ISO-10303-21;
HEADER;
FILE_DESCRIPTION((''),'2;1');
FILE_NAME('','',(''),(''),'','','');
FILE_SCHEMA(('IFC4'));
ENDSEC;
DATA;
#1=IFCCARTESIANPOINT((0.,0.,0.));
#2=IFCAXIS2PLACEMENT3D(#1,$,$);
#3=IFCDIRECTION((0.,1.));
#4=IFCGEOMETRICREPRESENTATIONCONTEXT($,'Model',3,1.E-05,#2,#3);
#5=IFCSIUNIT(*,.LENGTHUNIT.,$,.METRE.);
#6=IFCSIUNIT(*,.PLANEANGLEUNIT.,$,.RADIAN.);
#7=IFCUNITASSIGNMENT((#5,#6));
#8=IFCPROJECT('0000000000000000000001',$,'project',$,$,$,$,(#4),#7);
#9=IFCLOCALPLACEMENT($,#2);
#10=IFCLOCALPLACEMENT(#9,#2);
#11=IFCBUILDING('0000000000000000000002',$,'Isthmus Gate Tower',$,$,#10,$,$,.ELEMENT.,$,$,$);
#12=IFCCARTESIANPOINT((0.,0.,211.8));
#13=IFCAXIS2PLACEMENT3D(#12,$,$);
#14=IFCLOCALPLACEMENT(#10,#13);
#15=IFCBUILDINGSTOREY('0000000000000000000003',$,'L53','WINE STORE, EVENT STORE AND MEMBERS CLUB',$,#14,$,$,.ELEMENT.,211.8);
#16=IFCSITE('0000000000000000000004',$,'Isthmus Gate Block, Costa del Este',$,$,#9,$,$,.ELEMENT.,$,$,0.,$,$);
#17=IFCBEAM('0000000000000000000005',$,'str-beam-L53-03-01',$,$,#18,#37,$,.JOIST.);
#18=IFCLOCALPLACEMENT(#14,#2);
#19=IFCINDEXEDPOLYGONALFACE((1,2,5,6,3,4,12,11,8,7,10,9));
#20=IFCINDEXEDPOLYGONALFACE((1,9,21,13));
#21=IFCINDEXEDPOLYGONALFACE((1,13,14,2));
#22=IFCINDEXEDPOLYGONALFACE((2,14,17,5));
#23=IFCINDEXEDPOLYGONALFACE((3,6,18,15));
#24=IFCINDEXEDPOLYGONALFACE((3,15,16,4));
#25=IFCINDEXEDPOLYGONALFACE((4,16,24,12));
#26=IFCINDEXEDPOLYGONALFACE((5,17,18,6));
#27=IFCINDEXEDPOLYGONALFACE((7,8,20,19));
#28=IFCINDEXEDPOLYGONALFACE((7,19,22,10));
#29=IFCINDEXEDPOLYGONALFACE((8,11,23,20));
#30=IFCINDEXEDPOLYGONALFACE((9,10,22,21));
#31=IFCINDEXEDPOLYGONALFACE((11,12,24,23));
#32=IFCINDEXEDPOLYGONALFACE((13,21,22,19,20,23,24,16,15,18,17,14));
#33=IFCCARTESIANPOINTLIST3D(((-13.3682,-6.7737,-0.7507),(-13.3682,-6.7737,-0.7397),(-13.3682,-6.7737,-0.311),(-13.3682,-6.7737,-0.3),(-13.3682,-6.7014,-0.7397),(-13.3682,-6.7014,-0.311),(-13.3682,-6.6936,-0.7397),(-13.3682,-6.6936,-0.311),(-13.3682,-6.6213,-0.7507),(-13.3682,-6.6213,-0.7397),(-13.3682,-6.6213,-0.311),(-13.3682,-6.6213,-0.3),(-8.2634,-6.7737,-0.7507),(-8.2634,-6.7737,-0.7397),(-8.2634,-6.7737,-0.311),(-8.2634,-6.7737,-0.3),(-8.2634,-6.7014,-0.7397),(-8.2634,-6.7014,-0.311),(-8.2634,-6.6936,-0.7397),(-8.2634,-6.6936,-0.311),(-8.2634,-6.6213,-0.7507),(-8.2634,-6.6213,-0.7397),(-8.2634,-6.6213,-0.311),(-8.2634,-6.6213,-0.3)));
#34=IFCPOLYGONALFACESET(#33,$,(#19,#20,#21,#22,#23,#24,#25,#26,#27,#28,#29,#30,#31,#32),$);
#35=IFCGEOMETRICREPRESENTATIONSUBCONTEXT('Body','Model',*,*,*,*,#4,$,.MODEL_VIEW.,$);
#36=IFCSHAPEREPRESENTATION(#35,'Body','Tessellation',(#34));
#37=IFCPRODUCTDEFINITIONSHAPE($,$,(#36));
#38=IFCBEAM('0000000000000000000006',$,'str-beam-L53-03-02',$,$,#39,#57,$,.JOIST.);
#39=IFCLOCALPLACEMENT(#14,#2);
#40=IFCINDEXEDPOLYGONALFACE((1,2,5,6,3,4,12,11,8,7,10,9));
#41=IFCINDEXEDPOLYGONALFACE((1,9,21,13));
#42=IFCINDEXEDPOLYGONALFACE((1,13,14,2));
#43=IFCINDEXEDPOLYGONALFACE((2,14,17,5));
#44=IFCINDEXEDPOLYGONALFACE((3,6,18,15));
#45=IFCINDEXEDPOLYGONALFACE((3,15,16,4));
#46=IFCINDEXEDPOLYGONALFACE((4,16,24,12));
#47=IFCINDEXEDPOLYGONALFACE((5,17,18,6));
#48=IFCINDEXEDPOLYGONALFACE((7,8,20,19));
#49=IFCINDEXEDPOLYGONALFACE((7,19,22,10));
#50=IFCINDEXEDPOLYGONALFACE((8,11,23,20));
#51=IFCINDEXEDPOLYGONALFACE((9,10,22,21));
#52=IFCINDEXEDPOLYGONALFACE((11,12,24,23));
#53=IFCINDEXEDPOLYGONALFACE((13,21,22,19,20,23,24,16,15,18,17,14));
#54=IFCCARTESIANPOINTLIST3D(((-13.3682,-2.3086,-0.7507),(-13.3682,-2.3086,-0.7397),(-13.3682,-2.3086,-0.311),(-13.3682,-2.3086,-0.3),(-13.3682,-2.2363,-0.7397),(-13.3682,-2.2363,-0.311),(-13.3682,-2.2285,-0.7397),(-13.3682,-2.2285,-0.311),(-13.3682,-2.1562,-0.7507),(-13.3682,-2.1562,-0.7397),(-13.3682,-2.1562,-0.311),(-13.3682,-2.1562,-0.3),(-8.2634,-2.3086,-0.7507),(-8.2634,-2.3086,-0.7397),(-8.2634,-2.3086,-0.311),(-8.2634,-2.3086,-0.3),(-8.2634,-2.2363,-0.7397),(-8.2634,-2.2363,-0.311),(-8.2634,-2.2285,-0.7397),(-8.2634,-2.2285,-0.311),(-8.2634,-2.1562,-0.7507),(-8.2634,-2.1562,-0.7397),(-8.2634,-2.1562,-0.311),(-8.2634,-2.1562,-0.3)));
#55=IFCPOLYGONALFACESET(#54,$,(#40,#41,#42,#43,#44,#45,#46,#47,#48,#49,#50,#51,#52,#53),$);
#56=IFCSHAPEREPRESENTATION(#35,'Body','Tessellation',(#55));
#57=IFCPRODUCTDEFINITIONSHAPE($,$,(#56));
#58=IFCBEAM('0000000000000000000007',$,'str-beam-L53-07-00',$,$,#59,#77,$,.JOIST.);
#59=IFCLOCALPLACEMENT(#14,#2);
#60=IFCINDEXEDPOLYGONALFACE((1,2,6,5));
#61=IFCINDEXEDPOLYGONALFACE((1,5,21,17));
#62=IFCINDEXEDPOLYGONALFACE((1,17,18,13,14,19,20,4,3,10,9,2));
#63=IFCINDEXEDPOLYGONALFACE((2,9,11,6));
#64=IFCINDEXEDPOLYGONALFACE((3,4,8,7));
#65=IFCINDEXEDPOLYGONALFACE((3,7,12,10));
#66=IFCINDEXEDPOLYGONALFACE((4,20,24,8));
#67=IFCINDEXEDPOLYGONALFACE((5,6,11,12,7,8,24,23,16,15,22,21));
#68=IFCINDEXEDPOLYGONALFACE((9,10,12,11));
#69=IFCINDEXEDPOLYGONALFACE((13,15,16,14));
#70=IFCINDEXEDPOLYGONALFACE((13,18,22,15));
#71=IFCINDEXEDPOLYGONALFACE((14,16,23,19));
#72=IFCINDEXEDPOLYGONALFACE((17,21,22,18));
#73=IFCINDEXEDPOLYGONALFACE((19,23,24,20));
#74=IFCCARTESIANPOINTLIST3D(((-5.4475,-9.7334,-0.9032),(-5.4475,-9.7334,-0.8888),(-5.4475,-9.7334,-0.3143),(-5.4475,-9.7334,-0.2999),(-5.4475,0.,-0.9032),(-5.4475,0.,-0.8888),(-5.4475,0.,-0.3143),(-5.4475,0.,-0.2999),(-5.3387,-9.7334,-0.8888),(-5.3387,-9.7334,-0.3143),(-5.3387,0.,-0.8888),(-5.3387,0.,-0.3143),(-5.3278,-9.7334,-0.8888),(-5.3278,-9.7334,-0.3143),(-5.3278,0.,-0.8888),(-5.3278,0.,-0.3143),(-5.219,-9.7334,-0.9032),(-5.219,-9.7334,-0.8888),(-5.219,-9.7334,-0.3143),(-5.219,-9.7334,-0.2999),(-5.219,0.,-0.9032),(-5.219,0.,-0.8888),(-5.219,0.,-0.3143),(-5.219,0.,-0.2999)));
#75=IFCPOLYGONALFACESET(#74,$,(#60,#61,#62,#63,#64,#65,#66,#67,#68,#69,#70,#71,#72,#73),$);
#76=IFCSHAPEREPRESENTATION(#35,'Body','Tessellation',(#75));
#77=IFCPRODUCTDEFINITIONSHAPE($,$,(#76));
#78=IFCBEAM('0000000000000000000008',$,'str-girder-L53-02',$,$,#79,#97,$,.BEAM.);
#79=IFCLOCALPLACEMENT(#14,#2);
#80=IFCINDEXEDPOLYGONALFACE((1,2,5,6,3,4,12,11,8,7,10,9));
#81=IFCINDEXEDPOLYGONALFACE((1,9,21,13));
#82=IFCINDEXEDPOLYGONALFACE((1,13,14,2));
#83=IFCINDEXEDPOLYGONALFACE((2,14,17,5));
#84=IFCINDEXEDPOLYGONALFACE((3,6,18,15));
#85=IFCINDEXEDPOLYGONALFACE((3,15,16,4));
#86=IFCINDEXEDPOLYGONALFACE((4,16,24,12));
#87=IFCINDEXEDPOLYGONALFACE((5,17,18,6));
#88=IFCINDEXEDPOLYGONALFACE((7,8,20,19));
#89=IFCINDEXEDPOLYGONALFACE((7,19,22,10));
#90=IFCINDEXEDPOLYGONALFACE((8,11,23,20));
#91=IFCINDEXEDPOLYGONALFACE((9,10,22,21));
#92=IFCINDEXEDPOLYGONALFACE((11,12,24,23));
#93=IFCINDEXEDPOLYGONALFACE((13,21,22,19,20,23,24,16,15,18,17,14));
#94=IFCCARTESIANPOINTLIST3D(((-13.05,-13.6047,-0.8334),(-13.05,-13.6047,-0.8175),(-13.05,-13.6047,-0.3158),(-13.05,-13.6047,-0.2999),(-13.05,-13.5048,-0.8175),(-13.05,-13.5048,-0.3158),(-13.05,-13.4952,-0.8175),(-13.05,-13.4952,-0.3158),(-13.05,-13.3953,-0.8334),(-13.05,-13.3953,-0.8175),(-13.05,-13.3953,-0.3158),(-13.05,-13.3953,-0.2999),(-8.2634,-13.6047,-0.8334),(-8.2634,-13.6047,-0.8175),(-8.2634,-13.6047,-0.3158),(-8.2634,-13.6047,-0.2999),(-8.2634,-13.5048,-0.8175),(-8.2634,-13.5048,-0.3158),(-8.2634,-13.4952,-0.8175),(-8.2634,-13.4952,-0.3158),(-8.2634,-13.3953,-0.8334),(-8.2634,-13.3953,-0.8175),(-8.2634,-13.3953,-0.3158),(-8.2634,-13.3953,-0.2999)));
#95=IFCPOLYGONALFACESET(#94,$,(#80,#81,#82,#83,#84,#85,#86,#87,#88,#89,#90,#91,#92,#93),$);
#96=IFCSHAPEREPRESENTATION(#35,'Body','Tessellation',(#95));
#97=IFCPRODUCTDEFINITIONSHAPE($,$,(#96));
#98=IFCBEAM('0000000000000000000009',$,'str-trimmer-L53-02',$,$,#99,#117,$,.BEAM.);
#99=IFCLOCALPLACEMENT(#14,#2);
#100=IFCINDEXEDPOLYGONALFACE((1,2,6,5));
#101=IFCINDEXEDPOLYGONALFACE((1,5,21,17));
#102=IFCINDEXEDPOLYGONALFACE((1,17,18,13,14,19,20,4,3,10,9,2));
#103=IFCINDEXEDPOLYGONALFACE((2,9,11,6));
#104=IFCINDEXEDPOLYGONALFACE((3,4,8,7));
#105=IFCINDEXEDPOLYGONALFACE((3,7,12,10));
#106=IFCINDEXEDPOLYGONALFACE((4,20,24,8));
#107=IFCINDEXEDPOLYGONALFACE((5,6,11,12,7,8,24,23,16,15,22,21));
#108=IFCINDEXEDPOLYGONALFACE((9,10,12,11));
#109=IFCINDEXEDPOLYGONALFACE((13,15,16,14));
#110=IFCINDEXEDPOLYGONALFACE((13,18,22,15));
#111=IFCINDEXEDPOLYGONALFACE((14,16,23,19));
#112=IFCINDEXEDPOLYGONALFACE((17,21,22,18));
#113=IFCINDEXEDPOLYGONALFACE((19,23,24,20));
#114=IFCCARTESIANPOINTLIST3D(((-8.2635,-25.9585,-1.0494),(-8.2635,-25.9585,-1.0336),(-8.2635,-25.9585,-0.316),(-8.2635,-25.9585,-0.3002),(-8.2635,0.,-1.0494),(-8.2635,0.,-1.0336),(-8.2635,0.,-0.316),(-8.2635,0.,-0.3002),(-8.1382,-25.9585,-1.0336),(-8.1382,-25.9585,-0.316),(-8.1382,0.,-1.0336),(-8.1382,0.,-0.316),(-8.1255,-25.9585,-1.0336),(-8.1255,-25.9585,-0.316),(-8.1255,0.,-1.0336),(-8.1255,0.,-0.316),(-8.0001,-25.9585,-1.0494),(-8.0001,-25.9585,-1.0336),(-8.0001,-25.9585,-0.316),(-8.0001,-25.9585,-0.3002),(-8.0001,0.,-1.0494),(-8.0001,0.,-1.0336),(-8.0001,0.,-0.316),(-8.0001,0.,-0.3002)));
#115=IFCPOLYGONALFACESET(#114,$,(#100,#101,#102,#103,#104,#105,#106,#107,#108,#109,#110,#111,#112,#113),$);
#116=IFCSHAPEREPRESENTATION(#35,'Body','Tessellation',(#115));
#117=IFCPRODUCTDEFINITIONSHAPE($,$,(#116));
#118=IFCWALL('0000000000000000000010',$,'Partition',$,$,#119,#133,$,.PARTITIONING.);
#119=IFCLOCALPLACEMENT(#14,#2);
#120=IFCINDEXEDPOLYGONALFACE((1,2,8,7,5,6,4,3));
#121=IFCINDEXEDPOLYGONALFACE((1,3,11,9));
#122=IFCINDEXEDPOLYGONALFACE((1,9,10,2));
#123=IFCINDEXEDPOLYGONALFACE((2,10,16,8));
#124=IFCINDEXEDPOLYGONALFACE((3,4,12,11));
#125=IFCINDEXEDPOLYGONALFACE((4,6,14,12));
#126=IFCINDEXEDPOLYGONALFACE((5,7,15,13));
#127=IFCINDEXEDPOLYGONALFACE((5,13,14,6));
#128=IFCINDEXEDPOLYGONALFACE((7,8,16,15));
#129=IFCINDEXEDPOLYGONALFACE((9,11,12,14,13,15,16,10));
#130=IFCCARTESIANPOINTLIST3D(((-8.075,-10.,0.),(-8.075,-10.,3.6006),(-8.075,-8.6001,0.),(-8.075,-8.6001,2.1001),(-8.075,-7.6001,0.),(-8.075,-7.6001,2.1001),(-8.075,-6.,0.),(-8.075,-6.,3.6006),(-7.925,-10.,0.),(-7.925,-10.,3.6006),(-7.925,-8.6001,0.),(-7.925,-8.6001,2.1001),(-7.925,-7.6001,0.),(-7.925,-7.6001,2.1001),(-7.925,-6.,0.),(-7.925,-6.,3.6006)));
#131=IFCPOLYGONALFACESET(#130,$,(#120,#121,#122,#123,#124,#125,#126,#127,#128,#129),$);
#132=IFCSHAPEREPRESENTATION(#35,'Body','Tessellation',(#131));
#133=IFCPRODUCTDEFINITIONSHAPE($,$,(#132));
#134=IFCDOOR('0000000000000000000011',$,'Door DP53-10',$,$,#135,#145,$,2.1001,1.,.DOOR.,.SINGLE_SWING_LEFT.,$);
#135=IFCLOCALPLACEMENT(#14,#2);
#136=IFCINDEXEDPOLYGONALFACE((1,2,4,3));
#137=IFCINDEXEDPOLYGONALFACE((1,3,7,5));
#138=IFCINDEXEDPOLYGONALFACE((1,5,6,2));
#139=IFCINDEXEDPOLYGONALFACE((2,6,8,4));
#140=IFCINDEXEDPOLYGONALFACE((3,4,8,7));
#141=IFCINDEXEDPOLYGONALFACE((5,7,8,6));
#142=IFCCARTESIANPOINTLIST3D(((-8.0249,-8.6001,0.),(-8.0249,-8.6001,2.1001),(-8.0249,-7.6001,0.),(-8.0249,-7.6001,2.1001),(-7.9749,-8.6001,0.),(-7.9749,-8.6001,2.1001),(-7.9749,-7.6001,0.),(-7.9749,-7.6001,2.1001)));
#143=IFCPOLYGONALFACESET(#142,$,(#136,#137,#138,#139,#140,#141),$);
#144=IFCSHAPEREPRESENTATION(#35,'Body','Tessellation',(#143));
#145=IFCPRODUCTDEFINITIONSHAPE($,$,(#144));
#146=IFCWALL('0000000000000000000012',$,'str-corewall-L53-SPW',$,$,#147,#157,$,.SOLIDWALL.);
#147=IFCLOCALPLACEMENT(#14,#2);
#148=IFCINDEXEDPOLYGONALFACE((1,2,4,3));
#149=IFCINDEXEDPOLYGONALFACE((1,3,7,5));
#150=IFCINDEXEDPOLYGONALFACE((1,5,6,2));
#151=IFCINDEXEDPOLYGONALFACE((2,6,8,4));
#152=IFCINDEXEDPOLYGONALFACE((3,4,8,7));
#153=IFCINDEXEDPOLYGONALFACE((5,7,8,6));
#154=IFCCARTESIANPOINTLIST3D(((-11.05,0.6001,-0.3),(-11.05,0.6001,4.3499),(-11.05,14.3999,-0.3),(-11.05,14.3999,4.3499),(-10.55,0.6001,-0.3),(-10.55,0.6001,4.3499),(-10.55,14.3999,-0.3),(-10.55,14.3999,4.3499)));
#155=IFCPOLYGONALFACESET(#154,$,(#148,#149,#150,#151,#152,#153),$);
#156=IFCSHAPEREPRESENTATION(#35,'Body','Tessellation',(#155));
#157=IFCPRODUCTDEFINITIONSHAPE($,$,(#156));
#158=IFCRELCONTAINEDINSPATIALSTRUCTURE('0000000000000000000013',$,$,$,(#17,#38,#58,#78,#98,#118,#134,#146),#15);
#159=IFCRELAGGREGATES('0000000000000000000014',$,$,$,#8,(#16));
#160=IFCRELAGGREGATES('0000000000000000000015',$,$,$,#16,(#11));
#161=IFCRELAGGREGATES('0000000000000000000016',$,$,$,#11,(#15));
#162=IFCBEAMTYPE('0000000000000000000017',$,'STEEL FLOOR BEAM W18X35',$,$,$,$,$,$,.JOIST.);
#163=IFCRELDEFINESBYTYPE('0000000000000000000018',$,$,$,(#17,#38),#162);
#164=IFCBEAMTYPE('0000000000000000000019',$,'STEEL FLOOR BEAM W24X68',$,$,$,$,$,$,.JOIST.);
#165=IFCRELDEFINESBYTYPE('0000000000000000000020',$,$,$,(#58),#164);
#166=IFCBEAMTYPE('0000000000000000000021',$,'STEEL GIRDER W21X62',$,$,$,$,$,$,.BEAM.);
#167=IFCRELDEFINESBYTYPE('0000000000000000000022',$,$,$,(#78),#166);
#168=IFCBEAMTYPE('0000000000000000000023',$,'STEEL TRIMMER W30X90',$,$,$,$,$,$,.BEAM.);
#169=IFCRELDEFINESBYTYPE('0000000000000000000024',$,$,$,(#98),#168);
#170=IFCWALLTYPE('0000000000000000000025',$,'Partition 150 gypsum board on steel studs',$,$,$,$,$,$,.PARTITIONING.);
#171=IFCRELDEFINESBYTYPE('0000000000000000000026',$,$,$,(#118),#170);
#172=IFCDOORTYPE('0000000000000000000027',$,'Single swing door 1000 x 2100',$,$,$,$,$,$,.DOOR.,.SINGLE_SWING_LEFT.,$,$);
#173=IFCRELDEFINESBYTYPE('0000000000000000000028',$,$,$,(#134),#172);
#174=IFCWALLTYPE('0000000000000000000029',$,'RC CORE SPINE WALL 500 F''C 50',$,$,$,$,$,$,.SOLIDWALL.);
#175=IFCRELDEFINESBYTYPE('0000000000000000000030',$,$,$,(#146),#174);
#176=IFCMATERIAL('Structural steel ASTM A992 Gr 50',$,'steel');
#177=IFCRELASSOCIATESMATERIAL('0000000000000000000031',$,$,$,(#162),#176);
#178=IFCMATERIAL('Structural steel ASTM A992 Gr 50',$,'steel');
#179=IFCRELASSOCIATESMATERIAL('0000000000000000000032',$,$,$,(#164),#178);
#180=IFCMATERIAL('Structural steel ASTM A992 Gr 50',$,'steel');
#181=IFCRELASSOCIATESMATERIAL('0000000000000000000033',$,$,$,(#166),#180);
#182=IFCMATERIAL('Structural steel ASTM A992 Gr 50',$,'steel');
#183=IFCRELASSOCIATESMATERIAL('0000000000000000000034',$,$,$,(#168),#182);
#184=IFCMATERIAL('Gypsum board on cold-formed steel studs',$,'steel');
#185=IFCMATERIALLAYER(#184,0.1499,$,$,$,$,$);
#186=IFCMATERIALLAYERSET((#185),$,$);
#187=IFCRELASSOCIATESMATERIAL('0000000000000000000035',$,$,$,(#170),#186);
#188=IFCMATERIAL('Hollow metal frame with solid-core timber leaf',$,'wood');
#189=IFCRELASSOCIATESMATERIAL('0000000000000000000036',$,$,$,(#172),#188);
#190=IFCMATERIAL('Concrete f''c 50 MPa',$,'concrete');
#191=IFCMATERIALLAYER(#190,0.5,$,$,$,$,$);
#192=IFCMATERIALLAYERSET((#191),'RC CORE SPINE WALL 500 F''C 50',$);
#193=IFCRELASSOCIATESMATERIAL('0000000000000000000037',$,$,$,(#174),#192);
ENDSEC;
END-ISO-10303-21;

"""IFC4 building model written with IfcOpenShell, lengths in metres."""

from ifc_helpers import new_model, si_unit, direction, frame, frame_2d, origin, origin_2d, place, context, subcontext, project, spatial, rectangle, i_section, extrude, material, layer, layer_set, material_profile, profile_set, type_object, element, fill, save


model = new_model("IFC4")

# Units and contexts
model_context = context("Model", 3, precision=1e-05, world=origin(), true_north=direction((0.0, 1.0)))
body_context = subcontext(model_context, "Body", "Model", "MODEL_VIEW")
ifc_project = project(units=[si_unit("LENGTHUNIT", "METRE"), si_unit("PLANEANGLEUNIT", "RADIAN")], contexts=[model_context])

# Site, building, storey
site_placement = place(None, origin())
site = spatial("IfcSite", under=ifc_project, at=site_placement, Name="Isthmus Gate Block, Costa del Este", CompositionType="ELEMENT", RefElevation=0.0)
building_placement = place(site_placement, origin())
building = spatial("IfcBuilding", under=site, at=building_placement, Name="Isthmus Gate Tower", CompositionType="ELEMENT")
storey_placement = place(building_placement, frame((0.0, 0.0, 211.8)))
storey = spatial("IfcBuildingStorey", under=building, at=storey_placement, Name="L53", Description="WINE STORE, EVENT STORE AND MEMBERS CLUB", CompositionType="ELEMENT", Elevation=211.8)

# Beams
ifc_material_1 = material(Name="Structural steel ASTM A992 Gr 50", Category="steel")
ifc_material_profile_1 = material_profile(ifc_material_1, i_section(OverallWidth=0.1523, OverallDepth=0.4507, WebThickness=0.0078, FlangeThickness=0.011, at=origin_2d()), Name="W18X35")
ifc_profile_set_1 = profile_set([ifc_material_profile_1], Name="Structural steel ASTM A992 Gr 50")
beam_type_1 = type_object("IfcBeamType", Name="STEEL FLOOR BEAM W18X35", PredefinedType="JOIST", material=ifc_profile_set_1)
for number, where, z_axis, x_axis, name in (
    (1, (-13.3682, -6.6975, -0.5254), (1.0, 0.0, 0.0), (0.0, 1.0, 0.0), "str-beam-L53-03-01"),
    (2, (-13.3682, -2.2324, -0.5254), (1.0, 0.0, 0.0), (0.0, 1.0, 0.0), "str-beam-L53-03-02"),
):
    element("IfcBeam", number, at=place(storey_placement, frame(where, z_axis=z_axis, x_axis=x_axis)), inside=storey, type_object=beam_type_1, Name=name, PredefinedType="JOIST", context=body_context, shape_type="SweptSolid", body=[
        extrude(i_section(OverallWidth=0.1523, OverallDepth=0.4507, WebThickness=0.0078, FlangeThickness=0.011, at=origin_2d()), origin(), (0.0, 0.0, 1.0), 5.1047),
    ])
ifc_material_2 = material(Name="Structural steel ASTM A992 Gr 50", Category="steel")
ifc_material_profile_2 = material_profile(ifc_material_2, i_section(OverallWidth=0.2285, OverallDepth=0.6033, WebThickness=0.011, FlangeThickness=0.0144, at=origin_2d()), Name="W24X68")
ifc_profile_set_2 = profile_set([ifc_material_profile_2], Name="Structural steel ASTM A992 Gr 50")
beam_type_2 = type_object("IfcBeamType", Name="STEEL FLOOR BEAM W24X68", PredefinedType="JOIST", material=ifc_profile_set_2)
beam_1_placement = place(storey_placement, frame((-5.3333, -9.7334, -0.6016), z_axis=(0.0, 1.0, 0.0), x_axis=(-1.0, 0.0, 0.0)))
element("IfcBeam", 3, at=beam_1_placement, inside=storey, type_object=beam_type_2, Name="str-beam-L53-07-00", PredefinedType="JOIST", context=body_context, shape_type="SweptSolid", body=[
    extrude(i_section(OverallWidth=0.2285, OverallDepth=0.6033, WebThickness=0.011, FlangeThickness=0.0144, at=origin_2d()), origin(), (0.0, 0.0, 1.0), 9.7334),
])
ifc_material_3 = material(Name="Structural steel ASTM A992 Gr 50", Category="steel")
ifc_material_profile_3 = material_profile(ifc_material_3, i_section(OverallWidth=0.2095, OverallDepth=0.5334, WebThickness=0.0095, FlangeThickness=0.0159, at=origin_2d()), Name="W21X62")
ifc_profile_set_3 = profile_set([ifc_material_profile_3], Name="Structural steel ASTM A992 Gr 50")
beam_type_3 = type_object("IfcBeamType", Name="STEEL GIRDER W21X62", PredefinedType="BEAM", material=ifc_profile_set_3)
beam_2_placement = place(storey_placement, frame((-13.05, -13.5, -0.5667), z_axis=(1.0, 0.0, 0.0), x_axis=(0.0, 1.0, 0.0)))
element("IfcBeam", 4, at=beam_2_placement, inside=storey, type_object=beam_type_3, Name="str-girder-L53-02", PredefinedType="BEAM", context=body_context, shape_type="SweptSolid", body=[
    extrude(i_section(OverallWidth=0.2095, OverallDepth=0.5334, WebThickness=0.0095, FlangeThickness=0.0159, at=origin_2d()), origin(), (0.0, 0.0, 1.0), 4.7866),
])
ifc_material_4 = material(Name="Structural steel ASTM A992 Gr 50", Category="steel")
ifc_material_profile_4 = material_profile(ifc_material_4, i_section(OverallWidth=0.2634, OverallDepth=0.7493, WebThickness=0.0127, FlangeThickness=0.0159, at=origin_2d()), Name="W30X90")
ifc_profile_set_4 = profile_set([ifc_material_profile_4], Name="Structural steel ASTM A992 Gr 50")
beam_type_4 = type_object("IfcBeamType", Name="STEEL TRIMMER W30X90", PredefinedType="BEAM", material=ifc_profile_set_4)
beam_3_placement = place(storey_placement, frame((-8.1318, 0.0, -0.6748), z_axis=(0.0, -1.0, 0.0), x_axis=(1.0, 0.0, 0.0)))
element("IfcBeam", 5, at=beam_3_placement, inside=storey, type_object=beam_type_4, Name="str-trimmer-L53-02", PredefinedType="BEAM", context=body_context, shape_type="SweptSolid", body=[
    extrude(i_section(OverallWidth=0.2634, OverallDepth=0.7493, WebThickness=0.0127, FlangeThickness=0.0159, at=origin_2d()), origin(), (0.0, 0.0, 1.0), 25.9585),
])

# Wall, opening, door
ifc_material_5 = material(Name="Gypsum board on cold-formed steel studs", Category="steel")
ifc_layer_1 = layer(ifc_material_5, 0.1499)
ifc_layer_set_1 = layer_set([ifc_layer_1])
wall_type_1 = type_object("IfcWallType", Name="Partition 150 gypsum board on steel studs", PredefinedType="PARTITIONING", material=ifc_layer_set_1)
wall_1_placement = place(storey_placement, frame((-8.0, -10.0, 0.0), z_axis=(0.0, 0.0, 1.0), x_axis=(0.0, 1.0, 0.0)))
wall_1 = element("IfcWall", 6, at=wall_1_placement, inside=storey, type_object=wall_type_1, Name="Partition", PredefinedType="PARTITIONING", context=body_context, shape_type="SweptSolid", body=[
    extrude(rectangle(XDim=4.0, YDim=0.1499, at=frame_2d((2.0, 0.0))), origin(), (0.0, 0.0, 1.0), 3.6006),
])
opening_placement = place(wall_1_placement, frame((1.3999, 0.0, 0.0)))
opening = element("IfcOpeningElement", 7, at=opening_placement, cuts=wall_1, PredefinedType="OPENING", context=body_context, shape_type="SweptSolid", body=[
    extrude(rectangle(XDim=1.0, YDim=2.1001, at=frame_2d((0.5, 1.05))), frame((0.0, 0.085, 0.0), z_axis=(0.0, -1.0, 0.0), x_axis=(1.0, 0.0, 0.0)), (0.0, 0.0, 1.0), 0.1699),
])
ifc_material_6 = material(Name="Hollow metal frame with solid-core timber leaf", Category="wood")
door_type = type_object("IfcDoorType", Name="Single swing door 1000 x 2100", OperationType="SINGLE_SWING_LEFT", PredefinedType="DOOR", material=ifc_material_6)
door_placement = place(opening_placement, origin())
door = element("IfcDoor", 8, at=door_placement, inside=storey, type_object=door_type, Name="Door DP53-10", OperationType="SINGLE_SWING_LEFT", OverallHeight=2.1001, OverallWidth=1.0, PredefinedType="DOOR", context=body_context, shape_type="SweptSolid", body=[
    extrude(rectangle(XDim=1.0, YDim=2.1001, at=frame_2d((0.5, 1.05))), frame((0.0, 0.0249, 0.0), z_axis=(0.0, -1.0, 0.0), x_axis=(1.0, 0.0, 0.0)), (0.0, 0.0, 1.0), 0.05),
])
fill(opening, door)

# Wall
ifc_material_7 = material(Name="Concrete f'c 50 MPa", Category="concrete")
ifc_layer_2 = layer(ifc_material_7, 0.5)
ifc_layer_set_2 = layer_set([ifc_layer_2], Name="RC CORE SPINE WALL 500 F'C 50")
wall_type_2 = type_object("IfcWallType", Name="RC CORE SPINE WALL 500 F'C 50", PredefinedType="SOLIDWALL", material=ifc_layer_set_2)
wall_2_placement = place(storey_placement, frame((-10.8, 0.6001, -0.3), z_axis=(0.0, 0.0, 1.0), x_axis=(0.0, 1.0, 0.0)))
element("IfcWall", 9, at=wall_2_placement, inside=storey, type_object=wall_type_2, Name="str-corewall-L53-SPW", PredefinedType="SOLIDWALL", context=body_context, shape_type="SweptSolid", body=[
    extrude(rectangle(XDim=13.7998, YDim=0.5, at=frame_2d((6.8999, 0.0))), origin(), (0.0, 0.0, 1.0), 4.6499),
])

save(model, "model.ifc")
